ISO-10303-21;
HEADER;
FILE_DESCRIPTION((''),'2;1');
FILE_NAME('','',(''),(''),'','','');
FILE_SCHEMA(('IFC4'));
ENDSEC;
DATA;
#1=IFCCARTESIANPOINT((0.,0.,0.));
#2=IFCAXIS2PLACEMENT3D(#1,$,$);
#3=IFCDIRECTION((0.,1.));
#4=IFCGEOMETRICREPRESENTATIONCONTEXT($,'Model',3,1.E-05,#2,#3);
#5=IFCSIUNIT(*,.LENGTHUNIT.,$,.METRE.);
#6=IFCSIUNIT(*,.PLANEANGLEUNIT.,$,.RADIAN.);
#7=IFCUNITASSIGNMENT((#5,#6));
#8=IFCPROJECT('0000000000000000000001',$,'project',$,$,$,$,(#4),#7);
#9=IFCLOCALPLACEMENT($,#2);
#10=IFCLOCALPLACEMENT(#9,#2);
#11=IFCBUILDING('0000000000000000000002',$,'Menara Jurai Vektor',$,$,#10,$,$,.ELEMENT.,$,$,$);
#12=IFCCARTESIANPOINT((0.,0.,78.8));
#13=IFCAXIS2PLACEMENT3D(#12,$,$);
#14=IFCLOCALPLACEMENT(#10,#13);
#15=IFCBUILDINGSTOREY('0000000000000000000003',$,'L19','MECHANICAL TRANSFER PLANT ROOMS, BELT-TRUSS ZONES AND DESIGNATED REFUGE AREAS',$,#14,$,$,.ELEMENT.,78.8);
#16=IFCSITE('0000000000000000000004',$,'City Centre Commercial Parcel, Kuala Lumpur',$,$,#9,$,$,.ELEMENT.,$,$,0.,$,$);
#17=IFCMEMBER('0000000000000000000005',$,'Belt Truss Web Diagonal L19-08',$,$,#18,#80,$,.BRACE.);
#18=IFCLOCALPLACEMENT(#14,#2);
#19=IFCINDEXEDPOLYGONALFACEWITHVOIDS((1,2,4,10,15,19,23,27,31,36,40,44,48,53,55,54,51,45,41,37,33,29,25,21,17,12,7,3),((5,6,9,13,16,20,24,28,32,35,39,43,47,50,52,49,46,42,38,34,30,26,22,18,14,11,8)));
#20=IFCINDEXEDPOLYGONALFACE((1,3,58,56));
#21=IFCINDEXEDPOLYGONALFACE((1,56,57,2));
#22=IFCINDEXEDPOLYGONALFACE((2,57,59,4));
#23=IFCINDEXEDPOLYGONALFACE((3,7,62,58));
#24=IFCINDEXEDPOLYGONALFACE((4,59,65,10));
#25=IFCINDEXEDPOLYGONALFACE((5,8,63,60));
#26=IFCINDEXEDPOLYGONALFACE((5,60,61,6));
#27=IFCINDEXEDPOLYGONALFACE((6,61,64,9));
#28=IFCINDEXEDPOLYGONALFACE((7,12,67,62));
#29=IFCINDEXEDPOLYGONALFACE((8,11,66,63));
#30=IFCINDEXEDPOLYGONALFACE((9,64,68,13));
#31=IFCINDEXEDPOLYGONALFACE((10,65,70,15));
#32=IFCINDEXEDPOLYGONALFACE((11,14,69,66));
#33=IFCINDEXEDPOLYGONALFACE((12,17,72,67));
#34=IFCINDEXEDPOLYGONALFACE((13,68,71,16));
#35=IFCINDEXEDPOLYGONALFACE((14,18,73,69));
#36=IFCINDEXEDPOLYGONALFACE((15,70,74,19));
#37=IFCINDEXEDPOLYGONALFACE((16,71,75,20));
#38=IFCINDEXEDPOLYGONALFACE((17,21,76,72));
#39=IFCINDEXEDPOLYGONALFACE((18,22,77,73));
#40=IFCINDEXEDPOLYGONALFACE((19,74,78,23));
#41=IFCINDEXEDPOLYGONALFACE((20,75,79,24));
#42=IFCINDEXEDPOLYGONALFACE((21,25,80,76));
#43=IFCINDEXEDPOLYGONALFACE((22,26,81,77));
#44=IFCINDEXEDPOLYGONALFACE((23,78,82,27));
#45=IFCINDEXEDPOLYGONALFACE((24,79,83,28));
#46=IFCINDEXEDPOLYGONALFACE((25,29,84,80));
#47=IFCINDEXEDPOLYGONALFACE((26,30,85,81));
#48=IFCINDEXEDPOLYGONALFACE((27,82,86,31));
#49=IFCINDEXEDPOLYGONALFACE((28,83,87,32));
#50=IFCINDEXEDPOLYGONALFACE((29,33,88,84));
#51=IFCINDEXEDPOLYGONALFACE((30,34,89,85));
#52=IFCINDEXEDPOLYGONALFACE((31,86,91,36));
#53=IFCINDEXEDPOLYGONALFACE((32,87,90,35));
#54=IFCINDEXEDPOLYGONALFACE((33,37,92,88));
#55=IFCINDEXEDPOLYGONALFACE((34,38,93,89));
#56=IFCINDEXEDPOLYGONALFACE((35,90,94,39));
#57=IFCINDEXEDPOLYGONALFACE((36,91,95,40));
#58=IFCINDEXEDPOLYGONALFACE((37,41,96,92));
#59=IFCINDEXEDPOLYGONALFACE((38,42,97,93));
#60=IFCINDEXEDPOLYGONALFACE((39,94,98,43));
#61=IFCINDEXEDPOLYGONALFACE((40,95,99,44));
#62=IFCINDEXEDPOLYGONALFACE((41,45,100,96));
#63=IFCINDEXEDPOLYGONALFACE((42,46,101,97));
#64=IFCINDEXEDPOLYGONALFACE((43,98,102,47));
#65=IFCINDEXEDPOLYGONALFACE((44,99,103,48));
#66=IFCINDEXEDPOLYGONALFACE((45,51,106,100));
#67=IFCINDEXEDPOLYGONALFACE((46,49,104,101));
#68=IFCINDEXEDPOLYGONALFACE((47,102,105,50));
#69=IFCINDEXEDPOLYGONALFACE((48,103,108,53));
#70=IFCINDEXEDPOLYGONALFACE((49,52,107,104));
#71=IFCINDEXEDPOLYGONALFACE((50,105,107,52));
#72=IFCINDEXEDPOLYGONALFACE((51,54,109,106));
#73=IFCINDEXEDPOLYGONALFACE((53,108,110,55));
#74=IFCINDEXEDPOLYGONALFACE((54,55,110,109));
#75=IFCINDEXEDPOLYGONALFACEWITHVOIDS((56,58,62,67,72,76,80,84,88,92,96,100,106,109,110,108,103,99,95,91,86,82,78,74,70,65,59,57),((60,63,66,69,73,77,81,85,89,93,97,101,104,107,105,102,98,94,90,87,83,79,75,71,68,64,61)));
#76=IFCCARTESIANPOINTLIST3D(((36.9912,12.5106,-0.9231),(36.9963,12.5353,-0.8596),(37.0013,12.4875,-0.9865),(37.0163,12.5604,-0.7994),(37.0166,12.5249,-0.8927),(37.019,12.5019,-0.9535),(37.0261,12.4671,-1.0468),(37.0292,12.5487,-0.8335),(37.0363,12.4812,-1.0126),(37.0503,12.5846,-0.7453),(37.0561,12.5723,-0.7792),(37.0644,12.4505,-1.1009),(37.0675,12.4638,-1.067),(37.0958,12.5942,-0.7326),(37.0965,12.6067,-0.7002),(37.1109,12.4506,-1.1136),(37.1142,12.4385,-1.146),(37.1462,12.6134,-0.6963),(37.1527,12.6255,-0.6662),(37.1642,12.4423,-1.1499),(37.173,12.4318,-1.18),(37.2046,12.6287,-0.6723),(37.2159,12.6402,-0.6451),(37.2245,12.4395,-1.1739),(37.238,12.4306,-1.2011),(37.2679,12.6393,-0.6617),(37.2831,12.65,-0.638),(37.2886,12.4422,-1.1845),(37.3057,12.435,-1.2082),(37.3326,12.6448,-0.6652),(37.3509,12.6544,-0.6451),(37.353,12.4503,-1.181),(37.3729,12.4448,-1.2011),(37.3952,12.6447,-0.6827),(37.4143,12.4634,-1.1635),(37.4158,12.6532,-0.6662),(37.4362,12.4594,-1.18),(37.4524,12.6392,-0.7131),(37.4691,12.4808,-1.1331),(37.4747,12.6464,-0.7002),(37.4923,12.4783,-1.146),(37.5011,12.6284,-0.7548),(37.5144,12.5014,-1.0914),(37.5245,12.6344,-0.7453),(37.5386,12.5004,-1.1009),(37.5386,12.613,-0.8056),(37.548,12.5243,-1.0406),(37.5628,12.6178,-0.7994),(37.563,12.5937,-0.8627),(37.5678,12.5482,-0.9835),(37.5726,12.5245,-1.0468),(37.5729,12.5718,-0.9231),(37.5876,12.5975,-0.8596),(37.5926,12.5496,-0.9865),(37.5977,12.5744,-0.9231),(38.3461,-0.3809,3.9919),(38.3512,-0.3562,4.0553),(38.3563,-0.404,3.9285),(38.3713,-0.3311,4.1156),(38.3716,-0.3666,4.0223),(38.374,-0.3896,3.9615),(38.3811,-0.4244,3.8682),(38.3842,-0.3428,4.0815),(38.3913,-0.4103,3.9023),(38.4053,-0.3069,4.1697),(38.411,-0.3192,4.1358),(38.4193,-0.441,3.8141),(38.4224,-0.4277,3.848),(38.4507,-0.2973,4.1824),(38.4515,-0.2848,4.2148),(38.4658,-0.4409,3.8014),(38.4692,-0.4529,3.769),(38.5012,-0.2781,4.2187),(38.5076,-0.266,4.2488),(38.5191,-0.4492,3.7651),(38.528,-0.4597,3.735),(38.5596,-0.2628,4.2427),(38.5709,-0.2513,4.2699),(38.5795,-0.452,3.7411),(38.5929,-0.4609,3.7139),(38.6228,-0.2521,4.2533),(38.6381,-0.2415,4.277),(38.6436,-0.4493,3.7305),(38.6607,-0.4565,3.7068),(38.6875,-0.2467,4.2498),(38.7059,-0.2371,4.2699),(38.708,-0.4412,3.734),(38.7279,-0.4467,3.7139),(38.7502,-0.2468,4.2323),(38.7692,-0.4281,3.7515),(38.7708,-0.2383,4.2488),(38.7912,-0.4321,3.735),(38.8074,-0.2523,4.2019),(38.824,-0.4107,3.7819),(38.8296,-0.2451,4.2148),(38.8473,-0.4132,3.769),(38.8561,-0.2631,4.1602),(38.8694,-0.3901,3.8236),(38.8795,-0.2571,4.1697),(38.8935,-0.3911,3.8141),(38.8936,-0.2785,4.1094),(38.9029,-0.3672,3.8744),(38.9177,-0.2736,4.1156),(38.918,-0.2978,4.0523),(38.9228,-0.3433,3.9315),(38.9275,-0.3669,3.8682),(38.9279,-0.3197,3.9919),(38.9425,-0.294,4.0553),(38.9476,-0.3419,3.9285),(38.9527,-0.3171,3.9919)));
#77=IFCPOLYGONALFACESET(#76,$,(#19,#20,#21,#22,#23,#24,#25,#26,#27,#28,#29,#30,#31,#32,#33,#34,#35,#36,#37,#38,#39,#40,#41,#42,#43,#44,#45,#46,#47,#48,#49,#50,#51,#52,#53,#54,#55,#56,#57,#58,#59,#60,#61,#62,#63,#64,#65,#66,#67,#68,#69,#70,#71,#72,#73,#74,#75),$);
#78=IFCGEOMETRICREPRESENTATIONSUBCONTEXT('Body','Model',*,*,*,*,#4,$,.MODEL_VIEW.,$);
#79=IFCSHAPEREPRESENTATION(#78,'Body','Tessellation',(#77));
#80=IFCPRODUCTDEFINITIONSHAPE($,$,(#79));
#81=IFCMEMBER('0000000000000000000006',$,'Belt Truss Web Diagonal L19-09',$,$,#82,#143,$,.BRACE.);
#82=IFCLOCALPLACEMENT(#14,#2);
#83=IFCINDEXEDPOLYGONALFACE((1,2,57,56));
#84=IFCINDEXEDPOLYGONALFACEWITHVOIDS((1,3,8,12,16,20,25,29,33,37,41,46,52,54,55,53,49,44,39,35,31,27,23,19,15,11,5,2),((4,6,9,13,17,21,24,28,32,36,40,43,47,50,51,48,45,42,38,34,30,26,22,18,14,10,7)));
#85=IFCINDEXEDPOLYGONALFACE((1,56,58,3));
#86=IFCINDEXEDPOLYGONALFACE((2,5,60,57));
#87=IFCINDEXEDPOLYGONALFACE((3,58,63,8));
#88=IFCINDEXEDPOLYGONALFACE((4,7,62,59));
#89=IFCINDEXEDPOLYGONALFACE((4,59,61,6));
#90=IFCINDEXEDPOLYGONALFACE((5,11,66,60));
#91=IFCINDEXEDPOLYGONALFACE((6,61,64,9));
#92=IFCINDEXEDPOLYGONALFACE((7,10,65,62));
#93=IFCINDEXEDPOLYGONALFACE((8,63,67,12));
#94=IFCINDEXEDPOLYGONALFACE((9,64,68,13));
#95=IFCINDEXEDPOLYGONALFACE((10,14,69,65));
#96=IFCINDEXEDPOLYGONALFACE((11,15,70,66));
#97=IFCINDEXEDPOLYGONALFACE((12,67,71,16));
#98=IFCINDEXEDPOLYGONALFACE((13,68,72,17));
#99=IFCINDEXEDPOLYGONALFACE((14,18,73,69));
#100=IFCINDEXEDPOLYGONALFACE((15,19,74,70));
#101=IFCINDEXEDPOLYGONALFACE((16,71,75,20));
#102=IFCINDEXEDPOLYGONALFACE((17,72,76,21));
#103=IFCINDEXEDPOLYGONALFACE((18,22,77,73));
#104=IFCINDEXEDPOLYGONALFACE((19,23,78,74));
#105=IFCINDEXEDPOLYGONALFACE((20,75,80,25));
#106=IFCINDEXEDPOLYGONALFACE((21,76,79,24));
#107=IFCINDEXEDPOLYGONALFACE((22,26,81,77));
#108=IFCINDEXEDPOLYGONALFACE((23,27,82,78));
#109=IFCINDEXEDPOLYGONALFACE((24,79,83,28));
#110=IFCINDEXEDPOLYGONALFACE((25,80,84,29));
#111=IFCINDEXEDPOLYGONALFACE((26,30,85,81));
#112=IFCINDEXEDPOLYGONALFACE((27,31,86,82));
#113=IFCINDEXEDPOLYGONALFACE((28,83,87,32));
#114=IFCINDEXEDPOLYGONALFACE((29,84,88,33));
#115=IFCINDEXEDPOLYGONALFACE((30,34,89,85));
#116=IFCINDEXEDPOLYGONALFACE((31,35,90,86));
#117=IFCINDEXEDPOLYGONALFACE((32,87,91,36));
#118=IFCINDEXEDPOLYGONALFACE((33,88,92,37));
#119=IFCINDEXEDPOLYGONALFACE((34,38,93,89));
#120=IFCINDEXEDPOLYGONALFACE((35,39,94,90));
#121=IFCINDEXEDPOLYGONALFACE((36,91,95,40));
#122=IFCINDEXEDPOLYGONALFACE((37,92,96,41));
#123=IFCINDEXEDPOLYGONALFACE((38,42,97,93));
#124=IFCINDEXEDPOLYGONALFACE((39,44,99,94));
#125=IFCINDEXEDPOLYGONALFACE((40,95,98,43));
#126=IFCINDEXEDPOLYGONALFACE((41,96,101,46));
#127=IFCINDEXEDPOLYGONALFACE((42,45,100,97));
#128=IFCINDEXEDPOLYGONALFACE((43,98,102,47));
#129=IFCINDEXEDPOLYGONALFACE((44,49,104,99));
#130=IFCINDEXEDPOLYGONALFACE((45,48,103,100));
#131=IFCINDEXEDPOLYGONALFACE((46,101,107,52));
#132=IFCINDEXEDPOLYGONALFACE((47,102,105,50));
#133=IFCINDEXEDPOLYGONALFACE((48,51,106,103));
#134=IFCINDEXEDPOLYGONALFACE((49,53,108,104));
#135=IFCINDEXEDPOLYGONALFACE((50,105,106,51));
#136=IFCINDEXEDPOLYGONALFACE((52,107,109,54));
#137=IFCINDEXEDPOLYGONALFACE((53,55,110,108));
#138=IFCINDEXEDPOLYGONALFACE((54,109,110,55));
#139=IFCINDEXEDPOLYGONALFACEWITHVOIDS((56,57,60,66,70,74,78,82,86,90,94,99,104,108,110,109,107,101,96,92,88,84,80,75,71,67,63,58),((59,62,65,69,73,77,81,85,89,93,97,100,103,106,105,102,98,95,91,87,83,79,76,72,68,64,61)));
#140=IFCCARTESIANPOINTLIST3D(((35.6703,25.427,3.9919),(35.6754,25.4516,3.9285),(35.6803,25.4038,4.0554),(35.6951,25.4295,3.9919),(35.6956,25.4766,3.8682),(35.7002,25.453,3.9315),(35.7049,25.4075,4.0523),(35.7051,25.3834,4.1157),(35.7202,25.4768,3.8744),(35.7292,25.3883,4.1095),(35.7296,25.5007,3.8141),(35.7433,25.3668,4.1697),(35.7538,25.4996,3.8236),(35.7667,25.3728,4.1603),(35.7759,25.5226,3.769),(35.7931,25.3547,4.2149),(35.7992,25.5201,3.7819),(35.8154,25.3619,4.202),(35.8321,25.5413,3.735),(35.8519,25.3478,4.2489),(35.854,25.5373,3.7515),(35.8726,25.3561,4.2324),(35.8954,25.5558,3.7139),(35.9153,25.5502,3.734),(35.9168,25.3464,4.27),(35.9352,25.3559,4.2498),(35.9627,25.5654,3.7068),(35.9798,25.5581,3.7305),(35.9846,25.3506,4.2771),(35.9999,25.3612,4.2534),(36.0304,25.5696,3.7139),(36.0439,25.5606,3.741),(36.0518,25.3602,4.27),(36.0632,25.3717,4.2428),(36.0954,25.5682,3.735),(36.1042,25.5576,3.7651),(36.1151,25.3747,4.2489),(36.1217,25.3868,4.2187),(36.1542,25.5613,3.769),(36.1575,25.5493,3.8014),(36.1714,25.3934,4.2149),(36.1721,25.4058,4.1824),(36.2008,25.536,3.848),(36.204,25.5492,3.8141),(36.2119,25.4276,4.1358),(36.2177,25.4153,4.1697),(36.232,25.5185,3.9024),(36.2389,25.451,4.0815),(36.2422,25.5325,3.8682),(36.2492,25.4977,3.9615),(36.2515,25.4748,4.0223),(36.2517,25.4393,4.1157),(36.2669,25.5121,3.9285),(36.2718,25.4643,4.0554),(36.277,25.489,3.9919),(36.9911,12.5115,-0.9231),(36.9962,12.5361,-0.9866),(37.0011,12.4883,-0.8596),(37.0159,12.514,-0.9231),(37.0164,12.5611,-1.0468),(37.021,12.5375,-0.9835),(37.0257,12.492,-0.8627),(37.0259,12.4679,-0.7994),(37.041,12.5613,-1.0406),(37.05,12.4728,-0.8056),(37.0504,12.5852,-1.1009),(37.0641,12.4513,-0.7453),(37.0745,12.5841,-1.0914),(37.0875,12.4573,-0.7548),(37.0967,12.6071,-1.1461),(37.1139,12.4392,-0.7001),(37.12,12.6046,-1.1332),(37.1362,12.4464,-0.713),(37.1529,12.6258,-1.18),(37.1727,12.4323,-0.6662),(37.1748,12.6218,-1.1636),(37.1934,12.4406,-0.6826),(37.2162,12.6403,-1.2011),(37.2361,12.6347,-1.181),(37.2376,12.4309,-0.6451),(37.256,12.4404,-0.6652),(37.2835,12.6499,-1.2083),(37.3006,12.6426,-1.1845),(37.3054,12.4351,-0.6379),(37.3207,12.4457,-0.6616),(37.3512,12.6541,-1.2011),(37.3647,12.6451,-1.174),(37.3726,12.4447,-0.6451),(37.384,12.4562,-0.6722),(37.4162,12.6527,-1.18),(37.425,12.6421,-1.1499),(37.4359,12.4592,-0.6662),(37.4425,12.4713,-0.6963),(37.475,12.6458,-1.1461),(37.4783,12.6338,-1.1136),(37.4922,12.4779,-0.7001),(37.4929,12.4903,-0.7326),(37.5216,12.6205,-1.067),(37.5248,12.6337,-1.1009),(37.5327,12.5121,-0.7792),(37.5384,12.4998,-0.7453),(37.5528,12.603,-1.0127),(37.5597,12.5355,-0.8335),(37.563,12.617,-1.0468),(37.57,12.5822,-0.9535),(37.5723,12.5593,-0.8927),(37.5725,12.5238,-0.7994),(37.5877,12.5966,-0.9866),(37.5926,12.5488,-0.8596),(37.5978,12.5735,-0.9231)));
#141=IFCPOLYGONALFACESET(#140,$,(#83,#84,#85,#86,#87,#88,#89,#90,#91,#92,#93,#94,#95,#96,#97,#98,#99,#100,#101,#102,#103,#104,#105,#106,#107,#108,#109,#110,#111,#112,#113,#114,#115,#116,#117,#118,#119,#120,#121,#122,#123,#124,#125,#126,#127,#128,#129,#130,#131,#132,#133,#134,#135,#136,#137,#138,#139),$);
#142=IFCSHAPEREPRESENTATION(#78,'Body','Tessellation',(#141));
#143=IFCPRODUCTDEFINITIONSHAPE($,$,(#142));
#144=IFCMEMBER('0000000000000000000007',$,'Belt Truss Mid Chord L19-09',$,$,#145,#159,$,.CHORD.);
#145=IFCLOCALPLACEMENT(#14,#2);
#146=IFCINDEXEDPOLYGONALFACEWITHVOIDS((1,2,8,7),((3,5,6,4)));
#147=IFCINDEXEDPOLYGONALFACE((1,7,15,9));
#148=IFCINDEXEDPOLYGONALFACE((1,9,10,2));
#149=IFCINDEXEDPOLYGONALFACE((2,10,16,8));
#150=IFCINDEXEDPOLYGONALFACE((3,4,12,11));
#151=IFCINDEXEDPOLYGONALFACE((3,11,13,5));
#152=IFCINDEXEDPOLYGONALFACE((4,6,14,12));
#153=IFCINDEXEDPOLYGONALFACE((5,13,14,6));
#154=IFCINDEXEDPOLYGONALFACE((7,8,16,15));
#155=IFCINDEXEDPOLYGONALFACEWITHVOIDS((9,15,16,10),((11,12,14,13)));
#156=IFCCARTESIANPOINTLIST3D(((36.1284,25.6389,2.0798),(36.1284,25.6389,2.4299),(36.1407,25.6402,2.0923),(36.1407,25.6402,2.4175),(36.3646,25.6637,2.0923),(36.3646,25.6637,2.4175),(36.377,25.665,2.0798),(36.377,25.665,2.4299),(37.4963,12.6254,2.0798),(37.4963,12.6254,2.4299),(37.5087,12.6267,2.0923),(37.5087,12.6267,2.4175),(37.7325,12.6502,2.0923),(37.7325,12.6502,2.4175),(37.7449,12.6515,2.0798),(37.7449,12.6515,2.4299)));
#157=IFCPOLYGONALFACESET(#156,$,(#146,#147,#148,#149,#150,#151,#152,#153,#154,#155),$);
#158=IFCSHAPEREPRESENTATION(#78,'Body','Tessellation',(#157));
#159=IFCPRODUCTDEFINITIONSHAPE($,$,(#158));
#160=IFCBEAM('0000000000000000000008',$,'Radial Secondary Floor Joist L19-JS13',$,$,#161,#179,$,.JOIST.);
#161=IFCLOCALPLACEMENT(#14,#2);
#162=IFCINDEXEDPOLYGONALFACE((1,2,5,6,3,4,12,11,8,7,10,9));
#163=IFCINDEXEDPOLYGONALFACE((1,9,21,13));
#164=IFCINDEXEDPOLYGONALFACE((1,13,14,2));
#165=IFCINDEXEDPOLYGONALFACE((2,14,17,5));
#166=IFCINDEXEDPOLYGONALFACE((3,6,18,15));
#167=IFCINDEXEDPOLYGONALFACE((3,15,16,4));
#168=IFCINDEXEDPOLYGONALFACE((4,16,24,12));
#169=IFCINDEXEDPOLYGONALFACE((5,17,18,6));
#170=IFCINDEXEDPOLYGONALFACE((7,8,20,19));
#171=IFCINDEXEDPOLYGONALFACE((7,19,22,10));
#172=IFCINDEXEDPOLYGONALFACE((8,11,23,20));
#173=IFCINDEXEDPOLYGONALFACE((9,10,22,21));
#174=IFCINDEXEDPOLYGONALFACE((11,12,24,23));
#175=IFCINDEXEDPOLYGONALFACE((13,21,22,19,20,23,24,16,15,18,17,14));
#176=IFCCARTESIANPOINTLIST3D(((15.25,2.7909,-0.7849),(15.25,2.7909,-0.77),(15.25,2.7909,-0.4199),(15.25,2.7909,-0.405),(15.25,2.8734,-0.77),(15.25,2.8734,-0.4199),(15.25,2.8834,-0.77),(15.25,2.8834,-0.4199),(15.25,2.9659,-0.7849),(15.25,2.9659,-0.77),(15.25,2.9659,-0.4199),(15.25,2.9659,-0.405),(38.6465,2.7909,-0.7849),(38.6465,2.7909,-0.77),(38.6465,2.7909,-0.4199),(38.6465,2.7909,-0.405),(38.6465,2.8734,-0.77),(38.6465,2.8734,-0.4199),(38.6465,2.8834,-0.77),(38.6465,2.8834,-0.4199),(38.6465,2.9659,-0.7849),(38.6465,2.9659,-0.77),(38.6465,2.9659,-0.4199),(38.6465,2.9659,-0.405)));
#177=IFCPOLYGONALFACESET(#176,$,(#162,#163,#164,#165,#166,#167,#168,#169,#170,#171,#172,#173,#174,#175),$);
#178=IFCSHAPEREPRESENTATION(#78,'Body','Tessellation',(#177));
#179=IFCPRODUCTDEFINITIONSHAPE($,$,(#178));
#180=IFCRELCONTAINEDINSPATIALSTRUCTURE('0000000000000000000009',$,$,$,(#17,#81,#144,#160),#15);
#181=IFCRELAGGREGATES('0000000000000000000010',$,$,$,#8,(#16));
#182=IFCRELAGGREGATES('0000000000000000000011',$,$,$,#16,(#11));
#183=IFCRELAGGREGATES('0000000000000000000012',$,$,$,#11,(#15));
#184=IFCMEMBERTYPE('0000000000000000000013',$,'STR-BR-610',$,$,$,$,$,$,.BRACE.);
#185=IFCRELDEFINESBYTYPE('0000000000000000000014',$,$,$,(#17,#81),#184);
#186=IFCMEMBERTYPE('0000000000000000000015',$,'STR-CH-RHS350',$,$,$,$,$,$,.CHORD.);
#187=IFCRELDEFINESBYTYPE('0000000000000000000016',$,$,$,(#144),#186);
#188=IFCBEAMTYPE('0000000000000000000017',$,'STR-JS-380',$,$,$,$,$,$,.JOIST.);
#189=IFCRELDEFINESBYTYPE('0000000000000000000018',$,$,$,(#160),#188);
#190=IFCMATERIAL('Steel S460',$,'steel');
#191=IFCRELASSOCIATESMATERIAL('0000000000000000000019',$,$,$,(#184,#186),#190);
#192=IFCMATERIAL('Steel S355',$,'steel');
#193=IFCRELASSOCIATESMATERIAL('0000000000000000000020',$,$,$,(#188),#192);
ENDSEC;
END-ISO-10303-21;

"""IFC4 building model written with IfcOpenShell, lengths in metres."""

from ifc_helpers import new_model, si_unit, direction, frame, origin, origin_2d, place, context, subcontext, project, spatial, hollow_rectangle, hollow_circle, i_section, extrude, material, material_profile, profile_set, type_object, element, save


model = new_model("IFC4")

# Units and contexts
model_context = context("Model", 3, precision=1e-05, world=origin(), true_north=direction((0.0, 1.0)))
body_context = subcontext(model_context, "Body", "Model", "MODEL_VIEW")
ifc_project = project(units=[si_unit("LENGTHUNIT", "METRE"), si_unit("PLANEANGLEUNIT", "RADIAN")], contexts=[model_context])

# Site, building, storey
site_placement = place(None, origin())
site = spatial("IfcSite", under=ifc_project, at=site_placement, Name="City Centre Commercial Parcel, Kuala Lumpur", CompositionType="ELEMENT", RefElevation=0.0)
building_placement = place(site_placement, origin())
building = spatial("IfcBuilding", under=site, at=building_placement, Name="Menara Jurai Vektor", CompositionType="ELEMENT")
storey_placement = place(building_placement, frame((0.0, 0.0, 78.8)))
storey = spatial("IfcBuildingStorey", under=building, at=storey_placement, Name="L19", Description="MECHANICAL TRANSFER PLANT ROOMS, BELT-TRUSS ZONES AND DESIGNATED REFUGE AREAS", CompositionType="ELEMENT", Elevation=78.8)

# Shared definitions
ifc_material_1 = material(Name="Steel S460", Category="steel")

# Shared definitions
ifc_material_2 = material(Name="Steel S355", Category="steel")

# Members
ifc_material_profile_1 = material_profile(ifc_material_1, hollow_circle(Radius=0.3049, WallThickness=0.0249, at=origin_2d()), Name="CHS 610x25")
ifc_profile_set_1 = profile_set([ifc_material_profile_1], Name="Steel S460")
member_type_1 = type_object("IfcMemberType", Name="STR-BR-610", PredefinedType="BRACE", material=ifc_profile_set_1)
member_1_placement = place(storey_placement, frame((37.2944, 12.5425, -0.9231), z_axis=(0.09774, -0.929919, 0.35454), x_axis=(0.994522, 0.10453, 0.0)))
element("IfcMember", 1, at=member_1_placement, inside=storey, type_object=member_type_1, Name="Belt Truss Web Diagonal L19-08", PredefinedType="BRACE", context=body_context, shape_type="SweptSolid", body=[
    extrude(hollow_circle(Radius=0.3049, WallThickness=0.0249, at=origin_2d()), origin(), (0.0, 0.0, 1.0), 13.863),
])
member_2_placement = place(storey_placement, frame((37.2944, 12.5425, -0.9231), z_axis=(-0.095144, 0.930372, 0.354056), x_axis=(-0.994812, -0.101734, 0.0)))
element("IfcMember", 2, at=member_2_placement, inside=storey, type_object=member_type_1, Name="Belt Truss Web Diagonal L19-09", PredefinedType="BRACE", context=body_context, shape_type="SweptSolid", body=[
    extrude(hollow_circle(Radius=0.3049, WallThickness=0.0249, at=origin_2d()), origin(), (0.0, 0.0, 1.0), 13.8821),
])
ifc_material_profile_2 = material_profile(ifc_material_1, hollow_rectangle(XDim=0.25, YDim=0.3501, WallThickness=0.0125, at=origin_2d()), Name="RHS 350x250x12.5")
ifc_profile_set_2 = profile_set([ifc_material_profile_2], Name="Steel S460")
member_type_2 = type_object("IfcMemberType", Name="STR-CH-RHS350", PredefinedType="CHORD", material=ifc_profile_set_2)
member_3_placement = place(storey_placement, frame((37.6206, 12.6384, 2.2549), z_axis=(-0.10454, 0.994521, 0.0), x_axis=(-0.994521, -0.10454, 0.0)))
element("IfcMember", 3, at=member_3_placement, inside=storey, type_object=member_type_2, Name="Belt Truss Mid Chord L19-09", PredefinedType="CHORD", context=body_context, shape_type="SweptSolid", body=[
    extrude(hollow_rectangle(XDim=0.25, YDim=0.3501, WallThickness=0.0125, at=origin_2d()), origin(), (0.0, 0.0, 1.0), 13.0852),
])

# Beam
ifc_material_profile_3 = material_profile(ifc_material_2, i_section(OverallWidth=0.175, OverallDepth=0.3799, WebThickness=0.01, FlangeThickness=0.0149, at=origin_2d()), Name="PG 380x175x58")
ifc_profile_set_3 = profile_set([ifc_material_profile_3], Name="Steel S355")
beam_type_1 = type_object("IfcBeamType", Name="STR-JS-380", PredefinedType="JOIST", material=ifc_profile_set_3)
beam_1_placement = place(storey_placement, frame((38.6465, 2.8784, -0.595), z_axis=(-1.0, 0.0, 0.0), x_axis=(0.0, -1.0, 0.0)))
element("IfcBeam", 4, at=beam_1_placement, inside=storey, type_object=beam_type_1, Name="Radial Secondary Floor Joist L19-JS13", PredefinedType="JOIST", context=body_context, shape_type="SweptSolid", body=[
    extrude(i_section(OverallWidth=0.175, OverallDepth=0.3799, WebThickness=0.01, FlangeThickness=0.0149, at=origin_2d()), origin(), (0.0, 0.0, 1.0), 23.3965),
])

save(model, "model.ifc")
